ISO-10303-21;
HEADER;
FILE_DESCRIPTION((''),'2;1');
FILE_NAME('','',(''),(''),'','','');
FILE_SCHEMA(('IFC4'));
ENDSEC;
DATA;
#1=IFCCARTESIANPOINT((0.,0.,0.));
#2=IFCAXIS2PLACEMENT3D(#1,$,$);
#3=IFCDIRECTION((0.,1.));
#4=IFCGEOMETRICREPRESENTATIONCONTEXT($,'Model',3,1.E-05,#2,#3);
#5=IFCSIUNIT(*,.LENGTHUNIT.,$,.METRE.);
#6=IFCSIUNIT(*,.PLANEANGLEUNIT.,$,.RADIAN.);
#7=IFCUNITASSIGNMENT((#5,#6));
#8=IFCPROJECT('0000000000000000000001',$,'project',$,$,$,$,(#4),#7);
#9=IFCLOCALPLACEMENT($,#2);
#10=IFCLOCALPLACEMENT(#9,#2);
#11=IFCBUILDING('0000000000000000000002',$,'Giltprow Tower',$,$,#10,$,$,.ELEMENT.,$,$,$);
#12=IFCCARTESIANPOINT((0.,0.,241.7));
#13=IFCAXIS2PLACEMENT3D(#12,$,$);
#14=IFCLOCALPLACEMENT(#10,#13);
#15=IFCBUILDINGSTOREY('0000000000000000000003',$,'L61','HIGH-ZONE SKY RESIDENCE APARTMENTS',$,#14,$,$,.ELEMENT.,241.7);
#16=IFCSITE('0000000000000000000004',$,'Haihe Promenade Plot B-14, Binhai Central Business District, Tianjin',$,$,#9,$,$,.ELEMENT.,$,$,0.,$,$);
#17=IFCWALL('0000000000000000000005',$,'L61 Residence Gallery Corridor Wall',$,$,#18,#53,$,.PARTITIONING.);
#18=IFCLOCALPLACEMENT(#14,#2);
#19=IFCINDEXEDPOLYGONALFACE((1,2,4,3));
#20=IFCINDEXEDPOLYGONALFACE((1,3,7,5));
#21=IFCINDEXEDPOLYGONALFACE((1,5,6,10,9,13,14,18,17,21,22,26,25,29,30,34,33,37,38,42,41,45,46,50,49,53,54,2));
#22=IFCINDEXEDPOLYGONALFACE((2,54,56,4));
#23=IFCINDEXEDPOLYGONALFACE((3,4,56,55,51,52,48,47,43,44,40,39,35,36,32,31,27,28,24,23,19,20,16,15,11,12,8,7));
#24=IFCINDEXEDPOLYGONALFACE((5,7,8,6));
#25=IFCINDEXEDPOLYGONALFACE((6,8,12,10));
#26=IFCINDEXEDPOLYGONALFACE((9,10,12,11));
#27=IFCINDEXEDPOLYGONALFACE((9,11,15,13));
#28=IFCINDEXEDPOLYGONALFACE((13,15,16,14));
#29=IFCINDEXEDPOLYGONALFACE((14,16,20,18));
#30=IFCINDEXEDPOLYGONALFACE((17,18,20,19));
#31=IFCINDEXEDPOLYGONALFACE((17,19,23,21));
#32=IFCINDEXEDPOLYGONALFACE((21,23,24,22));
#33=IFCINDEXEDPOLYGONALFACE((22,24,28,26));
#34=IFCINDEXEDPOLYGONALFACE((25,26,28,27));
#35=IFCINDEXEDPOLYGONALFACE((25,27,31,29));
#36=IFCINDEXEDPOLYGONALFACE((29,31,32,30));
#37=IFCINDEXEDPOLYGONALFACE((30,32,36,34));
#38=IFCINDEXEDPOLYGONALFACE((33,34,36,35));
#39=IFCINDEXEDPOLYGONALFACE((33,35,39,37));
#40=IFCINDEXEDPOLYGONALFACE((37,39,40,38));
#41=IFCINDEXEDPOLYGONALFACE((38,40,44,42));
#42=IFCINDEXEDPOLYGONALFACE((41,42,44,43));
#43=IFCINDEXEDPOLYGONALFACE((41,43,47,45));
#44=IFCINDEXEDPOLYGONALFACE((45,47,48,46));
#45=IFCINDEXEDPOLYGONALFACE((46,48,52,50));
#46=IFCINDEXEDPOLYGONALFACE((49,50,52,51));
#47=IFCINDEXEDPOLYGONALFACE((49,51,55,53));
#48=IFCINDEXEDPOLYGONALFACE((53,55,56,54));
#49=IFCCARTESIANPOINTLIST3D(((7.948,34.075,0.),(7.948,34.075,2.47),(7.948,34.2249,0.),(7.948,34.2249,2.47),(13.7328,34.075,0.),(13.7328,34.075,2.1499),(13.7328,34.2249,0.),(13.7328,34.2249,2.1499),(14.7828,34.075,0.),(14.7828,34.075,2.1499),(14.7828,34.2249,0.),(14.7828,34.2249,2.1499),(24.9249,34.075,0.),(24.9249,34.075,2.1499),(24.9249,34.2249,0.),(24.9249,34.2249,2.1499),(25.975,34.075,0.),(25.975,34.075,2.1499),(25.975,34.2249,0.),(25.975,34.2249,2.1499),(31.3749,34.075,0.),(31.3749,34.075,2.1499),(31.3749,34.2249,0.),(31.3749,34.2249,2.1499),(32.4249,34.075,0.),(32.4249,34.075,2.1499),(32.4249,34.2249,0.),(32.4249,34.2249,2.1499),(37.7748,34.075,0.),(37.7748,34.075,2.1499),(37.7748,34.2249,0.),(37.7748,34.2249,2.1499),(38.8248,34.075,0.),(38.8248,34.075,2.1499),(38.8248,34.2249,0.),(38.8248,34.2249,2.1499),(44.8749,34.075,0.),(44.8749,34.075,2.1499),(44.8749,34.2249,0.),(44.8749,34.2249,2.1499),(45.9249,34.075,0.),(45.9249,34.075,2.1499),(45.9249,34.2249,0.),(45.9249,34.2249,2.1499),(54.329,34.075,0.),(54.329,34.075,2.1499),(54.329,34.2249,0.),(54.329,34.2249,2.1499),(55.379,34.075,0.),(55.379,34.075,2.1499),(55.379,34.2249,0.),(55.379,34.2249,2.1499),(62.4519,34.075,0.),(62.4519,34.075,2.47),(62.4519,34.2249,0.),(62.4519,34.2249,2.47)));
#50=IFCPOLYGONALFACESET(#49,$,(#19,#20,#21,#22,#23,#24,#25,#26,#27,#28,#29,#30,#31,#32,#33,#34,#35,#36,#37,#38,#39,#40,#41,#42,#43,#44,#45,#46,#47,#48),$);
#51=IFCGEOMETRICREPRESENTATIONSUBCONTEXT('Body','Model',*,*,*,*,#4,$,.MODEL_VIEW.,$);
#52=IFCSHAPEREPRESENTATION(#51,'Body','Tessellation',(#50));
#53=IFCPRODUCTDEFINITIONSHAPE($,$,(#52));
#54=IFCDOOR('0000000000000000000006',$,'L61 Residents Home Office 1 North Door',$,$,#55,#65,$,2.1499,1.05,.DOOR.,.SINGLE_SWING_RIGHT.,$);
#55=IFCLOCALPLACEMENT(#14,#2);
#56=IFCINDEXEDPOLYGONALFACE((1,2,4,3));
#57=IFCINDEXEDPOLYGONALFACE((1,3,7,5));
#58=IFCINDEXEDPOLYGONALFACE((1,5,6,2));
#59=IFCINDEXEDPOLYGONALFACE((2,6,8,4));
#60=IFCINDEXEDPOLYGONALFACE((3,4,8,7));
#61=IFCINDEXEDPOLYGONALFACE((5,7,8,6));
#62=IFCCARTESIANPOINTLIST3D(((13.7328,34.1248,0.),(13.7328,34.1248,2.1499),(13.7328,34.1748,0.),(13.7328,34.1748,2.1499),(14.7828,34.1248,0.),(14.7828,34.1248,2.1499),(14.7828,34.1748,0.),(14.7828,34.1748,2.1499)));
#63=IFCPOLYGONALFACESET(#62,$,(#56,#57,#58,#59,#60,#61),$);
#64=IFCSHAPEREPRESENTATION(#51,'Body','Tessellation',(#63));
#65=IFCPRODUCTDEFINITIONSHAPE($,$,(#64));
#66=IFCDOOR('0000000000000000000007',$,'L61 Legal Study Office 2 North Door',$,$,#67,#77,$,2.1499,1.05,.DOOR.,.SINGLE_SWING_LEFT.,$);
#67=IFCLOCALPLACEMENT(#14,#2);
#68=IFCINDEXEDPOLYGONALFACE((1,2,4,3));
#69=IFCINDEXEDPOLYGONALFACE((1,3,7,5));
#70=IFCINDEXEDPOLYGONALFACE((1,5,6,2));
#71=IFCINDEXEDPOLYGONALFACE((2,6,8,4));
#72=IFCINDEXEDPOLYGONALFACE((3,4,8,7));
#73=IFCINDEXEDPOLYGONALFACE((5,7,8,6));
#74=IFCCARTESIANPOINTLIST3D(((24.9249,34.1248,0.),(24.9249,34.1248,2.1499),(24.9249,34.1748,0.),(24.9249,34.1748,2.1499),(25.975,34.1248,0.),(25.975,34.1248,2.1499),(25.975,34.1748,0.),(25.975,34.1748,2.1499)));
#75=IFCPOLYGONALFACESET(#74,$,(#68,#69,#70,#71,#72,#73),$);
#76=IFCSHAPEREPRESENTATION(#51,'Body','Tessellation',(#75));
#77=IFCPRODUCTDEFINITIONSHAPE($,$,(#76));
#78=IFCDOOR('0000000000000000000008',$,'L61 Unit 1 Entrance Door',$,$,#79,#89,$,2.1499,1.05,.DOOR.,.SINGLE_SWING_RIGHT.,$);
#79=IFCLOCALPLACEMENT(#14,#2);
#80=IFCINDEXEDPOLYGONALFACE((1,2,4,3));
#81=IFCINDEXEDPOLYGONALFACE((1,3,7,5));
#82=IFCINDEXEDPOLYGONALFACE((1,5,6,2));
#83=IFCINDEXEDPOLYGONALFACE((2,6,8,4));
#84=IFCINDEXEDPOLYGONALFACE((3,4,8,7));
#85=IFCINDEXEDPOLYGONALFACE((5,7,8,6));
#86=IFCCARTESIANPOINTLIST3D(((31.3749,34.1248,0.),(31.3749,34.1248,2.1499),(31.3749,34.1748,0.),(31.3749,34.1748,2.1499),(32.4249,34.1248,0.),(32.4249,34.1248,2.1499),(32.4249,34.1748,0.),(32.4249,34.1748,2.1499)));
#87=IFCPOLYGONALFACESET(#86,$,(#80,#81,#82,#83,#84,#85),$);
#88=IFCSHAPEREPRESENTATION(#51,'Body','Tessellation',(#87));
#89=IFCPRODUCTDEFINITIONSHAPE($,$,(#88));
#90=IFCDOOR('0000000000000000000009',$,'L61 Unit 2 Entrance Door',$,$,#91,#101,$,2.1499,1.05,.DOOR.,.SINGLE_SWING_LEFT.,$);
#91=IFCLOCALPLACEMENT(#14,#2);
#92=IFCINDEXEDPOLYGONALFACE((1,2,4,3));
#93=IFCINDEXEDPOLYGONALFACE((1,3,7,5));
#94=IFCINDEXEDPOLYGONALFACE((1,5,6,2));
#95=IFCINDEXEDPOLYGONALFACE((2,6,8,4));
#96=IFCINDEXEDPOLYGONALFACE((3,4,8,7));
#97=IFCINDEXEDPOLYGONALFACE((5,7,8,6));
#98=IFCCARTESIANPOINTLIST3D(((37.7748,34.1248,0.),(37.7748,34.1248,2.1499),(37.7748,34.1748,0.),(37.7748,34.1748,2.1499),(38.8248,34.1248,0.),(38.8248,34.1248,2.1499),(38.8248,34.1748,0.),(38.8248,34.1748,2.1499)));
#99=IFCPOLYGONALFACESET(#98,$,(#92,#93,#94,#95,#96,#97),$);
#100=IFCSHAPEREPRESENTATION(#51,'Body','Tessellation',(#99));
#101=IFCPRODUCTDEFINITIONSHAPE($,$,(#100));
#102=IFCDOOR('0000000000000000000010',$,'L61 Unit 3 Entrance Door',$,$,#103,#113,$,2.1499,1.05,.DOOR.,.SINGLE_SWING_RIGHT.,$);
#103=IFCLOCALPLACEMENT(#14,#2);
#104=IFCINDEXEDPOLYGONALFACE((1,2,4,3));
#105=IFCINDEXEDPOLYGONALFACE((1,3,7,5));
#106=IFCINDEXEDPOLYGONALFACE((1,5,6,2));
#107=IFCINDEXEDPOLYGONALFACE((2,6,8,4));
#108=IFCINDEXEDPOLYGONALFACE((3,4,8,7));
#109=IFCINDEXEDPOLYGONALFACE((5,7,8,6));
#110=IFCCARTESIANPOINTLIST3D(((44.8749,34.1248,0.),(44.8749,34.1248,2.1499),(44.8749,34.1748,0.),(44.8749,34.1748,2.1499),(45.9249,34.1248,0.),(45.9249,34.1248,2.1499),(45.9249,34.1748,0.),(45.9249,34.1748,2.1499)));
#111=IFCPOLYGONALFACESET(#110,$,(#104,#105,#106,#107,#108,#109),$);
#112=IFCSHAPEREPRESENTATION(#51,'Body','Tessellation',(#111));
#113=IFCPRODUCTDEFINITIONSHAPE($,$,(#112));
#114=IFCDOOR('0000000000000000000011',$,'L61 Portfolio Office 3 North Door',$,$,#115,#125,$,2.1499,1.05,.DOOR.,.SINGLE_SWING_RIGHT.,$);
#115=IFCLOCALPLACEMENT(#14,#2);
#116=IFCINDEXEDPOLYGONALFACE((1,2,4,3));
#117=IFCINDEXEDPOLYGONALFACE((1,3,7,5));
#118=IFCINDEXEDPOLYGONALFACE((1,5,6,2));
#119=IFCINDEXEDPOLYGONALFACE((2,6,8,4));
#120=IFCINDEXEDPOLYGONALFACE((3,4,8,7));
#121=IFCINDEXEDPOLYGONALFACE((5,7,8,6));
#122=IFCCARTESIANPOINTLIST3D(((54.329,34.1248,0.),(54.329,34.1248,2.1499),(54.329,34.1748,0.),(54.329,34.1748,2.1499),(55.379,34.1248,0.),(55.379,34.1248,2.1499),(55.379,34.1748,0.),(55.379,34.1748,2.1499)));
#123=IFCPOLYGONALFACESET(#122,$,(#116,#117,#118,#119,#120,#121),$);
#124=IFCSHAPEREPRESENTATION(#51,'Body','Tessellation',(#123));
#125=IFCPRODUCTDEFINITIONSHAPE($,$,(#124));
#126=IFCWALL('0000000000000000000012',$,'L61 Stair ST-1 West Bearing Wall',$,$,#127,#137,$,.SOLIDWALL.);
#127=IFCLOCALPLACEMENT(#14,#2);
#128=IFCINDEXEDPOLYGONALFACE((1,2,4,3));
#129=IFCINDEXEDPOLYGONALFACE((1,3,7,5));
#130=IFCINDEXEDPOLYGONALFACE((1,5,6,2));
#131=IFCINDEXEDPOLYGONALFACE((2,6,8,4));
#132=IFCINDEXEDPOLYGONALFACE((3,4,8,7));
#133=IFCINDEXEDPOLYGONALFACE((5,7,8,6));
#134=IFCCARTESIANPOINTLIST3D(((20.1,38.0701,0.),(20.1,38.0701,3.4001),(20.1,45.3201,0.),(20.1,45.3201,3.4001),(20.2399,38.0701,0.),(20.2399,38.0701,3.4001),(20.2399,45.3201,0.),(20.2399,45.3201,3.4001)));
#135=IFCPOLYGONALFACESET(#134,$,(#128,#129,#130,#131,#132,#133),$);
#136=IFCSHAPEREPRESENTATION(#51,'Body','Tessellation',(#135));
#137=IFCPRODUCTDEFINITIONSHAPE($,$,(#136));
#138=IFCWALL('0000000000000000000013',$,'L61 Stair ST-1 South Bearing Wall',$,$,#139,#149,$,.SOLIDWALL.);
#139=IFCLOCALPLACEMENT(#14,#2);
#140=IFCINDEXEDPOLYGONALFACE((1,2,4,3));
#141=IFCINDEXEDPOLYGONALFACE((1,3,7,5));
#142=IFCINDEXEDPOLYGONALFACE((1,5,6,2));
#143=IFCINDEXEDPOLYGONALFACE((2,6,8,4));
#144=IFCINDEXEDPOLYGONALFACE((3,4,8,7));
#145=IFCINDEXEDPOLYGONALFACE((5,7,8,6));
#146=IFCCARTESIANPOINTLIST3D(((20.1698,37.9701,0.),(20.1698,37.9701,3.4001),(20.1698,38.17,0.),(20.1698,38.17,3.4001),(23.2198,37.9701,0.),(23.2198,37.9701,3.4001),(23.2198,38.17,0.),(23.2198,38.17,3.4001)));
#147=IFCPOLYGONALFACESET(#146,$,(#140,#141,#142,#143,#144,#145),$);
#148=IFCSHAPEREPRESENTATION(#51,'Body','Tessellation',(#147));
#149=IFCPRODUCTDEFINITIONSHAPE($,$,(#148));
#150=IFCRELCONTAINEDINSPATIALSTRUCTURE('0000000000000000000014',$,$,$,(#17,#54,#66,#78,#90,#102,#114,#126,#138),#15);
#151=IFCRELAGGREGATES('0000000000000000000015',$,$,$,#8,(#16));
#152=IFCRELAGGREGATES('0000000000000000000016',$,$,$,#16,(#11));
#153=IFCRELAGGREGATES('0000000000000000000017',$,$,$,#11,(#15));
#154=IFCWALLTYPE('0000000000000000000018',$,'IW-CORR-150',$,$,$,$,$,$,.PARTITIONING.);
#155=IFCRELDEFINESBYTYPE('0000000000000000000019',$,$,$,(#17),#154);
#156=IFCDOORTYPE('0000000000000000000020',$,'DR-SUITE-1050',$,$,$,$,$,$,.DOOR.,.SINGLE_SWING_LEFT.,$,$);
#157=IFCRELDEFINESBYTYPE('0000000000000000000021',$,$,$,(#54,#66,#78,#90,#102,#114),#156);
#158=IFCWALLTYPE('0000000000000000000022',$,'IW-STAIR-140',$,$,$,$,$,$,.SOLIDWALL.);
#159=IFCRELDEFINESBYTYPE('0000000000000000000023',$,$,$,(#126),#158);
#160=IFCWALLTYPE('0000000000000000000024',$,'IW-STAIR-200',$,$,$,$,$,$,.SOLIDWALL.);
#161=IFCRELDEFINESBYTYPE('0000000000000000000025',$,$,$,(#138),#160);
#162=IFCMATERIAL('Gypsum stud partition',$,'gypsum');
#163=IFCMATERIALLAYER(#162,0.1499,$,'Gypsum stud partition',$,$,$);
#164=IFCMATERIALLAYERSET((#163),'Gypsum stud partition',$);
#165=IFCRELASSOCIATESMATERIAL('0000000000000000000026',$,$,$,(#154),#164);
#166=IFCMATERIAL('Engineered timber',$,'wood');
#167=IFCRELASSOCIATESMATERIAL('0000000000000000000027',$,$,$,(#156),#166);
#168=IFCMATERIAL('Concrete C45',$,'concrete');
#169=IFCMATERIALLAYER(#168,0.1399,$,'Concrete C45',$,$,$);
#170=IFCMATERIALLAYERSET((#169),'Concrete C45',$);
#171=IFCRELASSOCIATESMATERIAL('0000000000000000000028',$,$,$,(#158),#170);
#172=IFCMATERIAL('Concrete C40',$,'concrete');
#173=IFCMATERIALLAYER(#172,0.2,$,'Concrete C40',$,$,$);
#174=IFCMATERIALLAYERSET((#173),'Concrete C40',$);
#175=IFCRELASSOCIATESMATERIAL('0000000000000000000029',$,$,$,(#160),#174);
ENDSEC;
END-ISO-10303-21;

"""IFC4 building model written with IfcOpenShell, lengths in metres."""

from ifc_helpers import new_model, si_unit, direction, frame, frame_2d, origin, place, context, subcontext, project, spatial, rectangle, extrude, source, transform, mapped, material, layer, layer_set, type_object, element, fill, save


model = new_model("IFC4")

# Units and contexts
model_context = context("Model", 3, precision=1e-05, world=origin(), true_north=direction((0.0, 1.0)))
body_context = subcontext(model_context, "Body", "Model", "MODEL_VIEW")
ifc_project = project(units=[si_unit("LENGTHUNIT", "METRE"), si_unit("PLANEANGLEUNIT", "RADIAN")], contexts=[model_context])

# Site, building, storey
site_placement = place(None, origin())
site = spatial("IfcSite", under=ifc_project, at=site_placement, Name="Haihe Promenade Plot B-14, Binhai Central Business District, Tianjin", CompositionType="ELEMENT", RefElevation=0.0)
building_placement = place(site_placement, origin())
building = spatial("IfcBuilding", under=site, at=building_placement, Name="Giltprow Tower", CompositionType="ELEMENT")
storey_placement = place(building_placement, frame((0.0, 0.0, 241.7)))
storey = spatial("IfcBuildingStorey", under=building, at=storey_placement, Name="L61", Description="HIGH-ZONE SKY RESIDENCE APARTMENTS", CompositionType="ELEMENT", Elevation=241.7)

# Wall, openings, doors
ifc_material_1 = material(Name="Gypsum stud partition", Category="gypsum")
ifc_layer_1 = layer(ifc_material_1, 0.1499, Name="Gypsum stud partition")
ifc_layer_set_1 = layer_set([ifc_layer_1], Name="Gypsum stud partition")
wall_type_1 = type_object("IfcWallType", Name="IW-CORR-150", PredefinedType="PARTITIONING", material=ifc_layer_set_1)
wall_1_placement = place(storey_placement, frame((7.948, 34.1499, 0.0), z_axis=(0.0, 0.0, 1.0), x_axis=(1.0, 0.0, 0.0)))
wall_1 = element("IfcWall", 1, at=wall_1_placement, inside=storey, type_object=wall_type_1, Name="L61 Residence Gallery Corridor Wall", PredefinedType="PARTITIONING", context=body_context, shape_type="SweptSolid", body=[
    extrude(rectangle(XDim=54.5039, YDim=0.1499, at=frame_2d((27.252, 0.0))), origin(), (0.0, 0.0, 1.0), 2.47),
])
opening_1_placement = place(wall_1_placement, frame((5.7849, 0.0, 0.0)))
opening_1 = element("IfcOpeningElement", 2, at=opening_1_placement, cuts=wall_1, PredefinedType="OPENING", context=body_context, shape_type="SweptSolid", body=[
    extrude(rectangle(XDim=1.05, YDim=2.1499, at=frame_2d((0.5249, 1.075))), frame((0.0, 0.085, 0.0), z_axis=(0.0, -1.0, 0.0), x_axis=(1.0, 0.0, 0.0)), (0.0, 0.0, 1.0), 0.1699),
])
opening_2_placement = place(wall_1_placement, frame((16.9771, 0.0, 0.0)))
opening_2 = element("IfcOpeningElement", 3, at=opening_2_placement, cuts=wall_1, PredefinedType="OPENING", context=body_context, shape_type="SweptSolid", body=[
    extrude(rectangle(XDim=1.05, YDim=2.1499, at=frame_2d((0.5249, 1.075))), frame((0.0, 0.085, 0.0), z_axis=(0.0, -1.0, 0.0), x_axis=(1.0, 0.0, 0.0)), (0.0, 0.0, 1.0), 0.1699),
])
opening_3_placement = place(wall_1_placement, frame((23.427, 0.0, 0.0)))
opening_3 = element("IfcOpeningElement", 4, at=opening_3_placement, cuts=wall_1, PredefinedType="OPENING", context=body_context, shape_type="SweptSolid", body=[
    extrude(rectangle(XDim=1.05, YDim=2.1499, at=frame_2d((0.5249, 1.075))), frame((0.0, 0.085, 0.0), z_axis=(0.0, -1.0, 0.0), x_axis=(1.0, 0.0, 0.0)), (0.0, 0.0, 1.0), 0.1699),
])
opening_4_placement = place(wall_1_placement, frame((29.8269, 0.0, 0.0)))
opening_4 = element("IfcOpeningElement", 5, at=opening_4_placement, cuts=wall_1, PredefinedType="OPENING", context=body_context, shape_type="SweptSolid", body=[
    extrude(rectangle(XDim=1.05, YDim=2.1499, at=frame_2d((0.5249, 1.075))), frame((0.0, 0.085, 0.0), z_axis=(0.0, -1.0, 0.0), x_axis=(1.0, 0.0, 0.0)), (0.0, 0.0, 1.0), 0.1699),
])
opening_5_placement = place(wall_1_placement, frame((36.927, 0.0, 0.0)))
opening_5 = element("IfcOpeningElement", 6, at=opening_5_placement, cuts=wall_1, PredefinedType="OPENING", context=body_context, shape_type="SweptSolid", body=[
    extrude(rectangle(XDim=1.05, YDim=2.1499, at=frame_2d((0.5249, 1.075))), frame((0.0, 0.085, 0.0), z_axis=(0.0, -1.0, 0.0), x_axis=(1.0, 0.0, 0.0)), (0.0, 0.0, 1.0), 0.1699),
])
opening_6_placement = place(wall_1_placement, frame((46.3811, 0.0, 0.0)))
opening_6 = element("IfcOpeningElement", 7, at=opening_6_placement, cuts=wall_1, PredefinedType="OPENING", context=body_context, shape_type="SweptSolid", body=[
    extrude(rectangle(XDim=1.05, YDim=2.1499, at=frame_2d((0.5249, 1.075))), frame((0.0, 0.085, 0.0), z_axis=(0.0, -1.0, 0.0), x_axis=(1.0, 0.0, 0.0)), (0.0, 0.0, 1.0), 0.1699),
])
ifc_material_2 = material(Name="Engineered timber", Category="wood")
door_type_1 = type_object("IfcDoorType", Name="DR-SUITE-1050", OperationType="SINGLE_SWING_LEFT", PredefinedType="DOOR", material=ifc_material_2)
shared_shape_1 = source(origin(), body_context, "Body", "SweptSolid", [
    extrude(rectangle(XDim=1.05, YDim=2.1499, at=frame_2d((0.5249, 1.075))), frame((0.0, 0.0249, 0.0), z_axis=(0.0, -1.0, 0.0), x_axis=(1.0, 0.0, 0.0)), (0.0, 0.0, 1.0), 0.05),
])
door_1_placement = place(opening_1_placement, origin())
door_1 = element("IfcDoor", 8, at=door_1_placement, inside=storey, type_object=door_type_1, Name="L61 Residents Home Office 1 North Door", OperationType="SINGLE_SWING_RIGHT", OverallHeight=2.1499, OverallWidth=1.05, PredefinedType="DOOR", context=body_context, shape_type="MappedRepresentation", body=[
    mapped(shared_shape_1, transform((0.0, 0.0, 0.0), x_axis=(1.0, 0.0, 0.0), y_axis=(0.0, 1.0, 0.0), z_axis=(0.0, 0.0, 1.0), scale=1.0)),
])
fill(opening_1, door_1)
door_2_placement = place(opening_2_placement, origin())
door_2 = element("IfcDoor", 9, at=door_2_placement, inside=storey, type_object=door_type_1, Name="L61 Legal Study Office 2 North Door", OperationType="SINGLE_SWING_LEFT", OverallHeight=2.1499, OverallWidth=1.05, PredefinedType="DOOR", context=body_context, shape_type="MappedRepresentation", body=[
    mapped(shared_shape_1, transform((0.0, 0.0, 0.0), x_axis=(1.0, 0.0, 0.0), y_axis=(0.0, 1.0, 0.0), z_axis=(0.0, 0.0, 1.0), scale=1.0)),
])
fill(opening_2, door_2)
door_3_placement = place(opening_3_placement, origin())
door_3 = element("IfcDoor", 10, at=door_3_placement, inside=storey, type_object=door_type_1, Name="L61 Unit 1 Entrance Door", OperationType="SINGLE_SWING_RIGHT", OverallHeight=2.1499, OverallWidth=1.05, PredefinedType="DOOR", context=body_context, shape_type="MappedRepresentation", body=[
    mapped(shared_shape_1, transform((0.0, 0.0, 0.0), x_axis=(1.0, 0.0, 0.0), y_axis=(0.0, 1.0, 0.0), z_axis=(0.0, 0.0, 1.0), scale=1.0)),
])
fill(opening_3, door_3)
door_4_placement = place(opening_4_placement, origin())
door_4 = element("IfcDoor", 11, at=door_4_placement, inside=storey, type_object=door_type_1, Name="L61 Unit 2 Entrance Door", OperationType="SINGLE_SWING_LEFT", OverallHeight=2.1499, OverallWidth=1.05, PredefinedType="DOOR", context=body_context, shape_type="MappedRepresentation", body=[
    mapped(shared_shape_1, transform((0.0, 0.0, 0.0), x_axis=(1.0, 0.0, 0.0), y_axis=(0.0, 1.0, 0.0), z_axis=(0.0, 0.0, 1.0), scale=1.0)),
])
fill(opening_4, door_4)
door_5_placement = place(opening_5_placement, origin())
door_5 = element("IfcDoor", 12, at=door_5_placement, inside=storey, type_object=door_type_1, Name="L61 Unit 3 Entrance Door", OperationType="SINGLE_SWING_RIGHT", OverallHeight=2.1499, OverallWidth=1.05, PredefinedType="DOOR", context=body_context, shape_type="MappedRepresentation", body=[
    mapped(shared_shape_1, transform((0.0, 0.0, 0.0), x_axis=(1.0, 0.0, 0.0), y_axis=(0.0, 1.0, 0.0), z_axis=(0.0, 0.0, 1.0), scale=1.0)),
])
fill(opening_5, door_5)
door_6_placement = place(opening_6_placement, origin())
door_6 = element("IfcDoor", 13, at=door_6_placement, inside=storey, type_object=door_type_1, Name="L61 Portfolio Office 3 North Door", OperationType="SINGLE_SWING_RIGHT", OverallHeight=2.1499, OverallWidth=1.05, PredefinedType="DOOR", context=body_context, shape_type="MappedRepresentation", body=[
    mapped(shared_shape_1, transform((0.0, 0.0, 0.0), x_axis=(1.0, 0.0, 0.0), y_axis=(0.0, 1.0, 0.0), z_axis=(0.0, 0.0, 1.0), scale=1.0)),
])
fill(opening_6, door_6)

# Walls
ifc_material_3 = material(Name="Concrete C45", Category="concrete")
ifc_layer_2 = layer(ifc_material_3, 0.1399, Name="Concrete C45")
ifc_layer_set_2 = layer_set([ifc_layer_2], Name="Concrete C45")
wall_type_2 = type_object("IfcWallType", Name="IW-STAIR-140", PredefinedType="SOLIDWALL", material=ifc_layer_set_2)
wall_2_placement = place(storey_placement, frame((20.1699, 38.0701, 0.0), z_axis=(0.0, 0.0, 1.0), x_axis=(0.0, 1.0, 0.0)))
element("IfcWall", 14, at=wall_2_placement, inside=storey, type_object=wall_type_2, Name="L61 Stair ST-1 West Bearing Wall", PredefinedType="SOLIDWALL", context=body_context, shape_type="SweptSolid", body=[
    extrude(rectangle(XDim=7.25, YDim=0.1399, at=frame_2d((3.625, 0.0))), origin(), (0.0, 0.0, 1.0), 3.4001),
])
ifc_material_4 = material(Name="Concrete C40", Category="concrete")
ifc_layer_3 = layer(ifc_material_4, 0.2, Name="Concrete C40")
ifc_layer_set_3 = layer_set([ifc_layer_3], Name="Concrete C40")
wall_type_3 = type_object("IfcWallType", Name="IW-STAIR-200", PredefinedType="SOLIDWALL", material=ifc_layer_set_3)
wall_3_placement = place(storey_placement, frame((20.1699, 38.0701, 0.0), z_axis=(0.0, 0.0, 1.0), x_axis=(1.0, 0.0, 0.0)))
element("IfcWall", 15, at=wall_3_placement, inside=storey, type_object=wall_type_3, Name="L61 Stair ST-1 South Bearing Wall", PredefinedType="SOLIDWALL", context=body_context, shape_type="SweptSolid", body=[
    extrude(rectangle(XDim=3.05, YDim=0.2, at=frame_2d((1.5249, 0.0))), origin(), (0.0, 0.0, 1.0), 3.4001),
])

save(model, "model.ifc")
